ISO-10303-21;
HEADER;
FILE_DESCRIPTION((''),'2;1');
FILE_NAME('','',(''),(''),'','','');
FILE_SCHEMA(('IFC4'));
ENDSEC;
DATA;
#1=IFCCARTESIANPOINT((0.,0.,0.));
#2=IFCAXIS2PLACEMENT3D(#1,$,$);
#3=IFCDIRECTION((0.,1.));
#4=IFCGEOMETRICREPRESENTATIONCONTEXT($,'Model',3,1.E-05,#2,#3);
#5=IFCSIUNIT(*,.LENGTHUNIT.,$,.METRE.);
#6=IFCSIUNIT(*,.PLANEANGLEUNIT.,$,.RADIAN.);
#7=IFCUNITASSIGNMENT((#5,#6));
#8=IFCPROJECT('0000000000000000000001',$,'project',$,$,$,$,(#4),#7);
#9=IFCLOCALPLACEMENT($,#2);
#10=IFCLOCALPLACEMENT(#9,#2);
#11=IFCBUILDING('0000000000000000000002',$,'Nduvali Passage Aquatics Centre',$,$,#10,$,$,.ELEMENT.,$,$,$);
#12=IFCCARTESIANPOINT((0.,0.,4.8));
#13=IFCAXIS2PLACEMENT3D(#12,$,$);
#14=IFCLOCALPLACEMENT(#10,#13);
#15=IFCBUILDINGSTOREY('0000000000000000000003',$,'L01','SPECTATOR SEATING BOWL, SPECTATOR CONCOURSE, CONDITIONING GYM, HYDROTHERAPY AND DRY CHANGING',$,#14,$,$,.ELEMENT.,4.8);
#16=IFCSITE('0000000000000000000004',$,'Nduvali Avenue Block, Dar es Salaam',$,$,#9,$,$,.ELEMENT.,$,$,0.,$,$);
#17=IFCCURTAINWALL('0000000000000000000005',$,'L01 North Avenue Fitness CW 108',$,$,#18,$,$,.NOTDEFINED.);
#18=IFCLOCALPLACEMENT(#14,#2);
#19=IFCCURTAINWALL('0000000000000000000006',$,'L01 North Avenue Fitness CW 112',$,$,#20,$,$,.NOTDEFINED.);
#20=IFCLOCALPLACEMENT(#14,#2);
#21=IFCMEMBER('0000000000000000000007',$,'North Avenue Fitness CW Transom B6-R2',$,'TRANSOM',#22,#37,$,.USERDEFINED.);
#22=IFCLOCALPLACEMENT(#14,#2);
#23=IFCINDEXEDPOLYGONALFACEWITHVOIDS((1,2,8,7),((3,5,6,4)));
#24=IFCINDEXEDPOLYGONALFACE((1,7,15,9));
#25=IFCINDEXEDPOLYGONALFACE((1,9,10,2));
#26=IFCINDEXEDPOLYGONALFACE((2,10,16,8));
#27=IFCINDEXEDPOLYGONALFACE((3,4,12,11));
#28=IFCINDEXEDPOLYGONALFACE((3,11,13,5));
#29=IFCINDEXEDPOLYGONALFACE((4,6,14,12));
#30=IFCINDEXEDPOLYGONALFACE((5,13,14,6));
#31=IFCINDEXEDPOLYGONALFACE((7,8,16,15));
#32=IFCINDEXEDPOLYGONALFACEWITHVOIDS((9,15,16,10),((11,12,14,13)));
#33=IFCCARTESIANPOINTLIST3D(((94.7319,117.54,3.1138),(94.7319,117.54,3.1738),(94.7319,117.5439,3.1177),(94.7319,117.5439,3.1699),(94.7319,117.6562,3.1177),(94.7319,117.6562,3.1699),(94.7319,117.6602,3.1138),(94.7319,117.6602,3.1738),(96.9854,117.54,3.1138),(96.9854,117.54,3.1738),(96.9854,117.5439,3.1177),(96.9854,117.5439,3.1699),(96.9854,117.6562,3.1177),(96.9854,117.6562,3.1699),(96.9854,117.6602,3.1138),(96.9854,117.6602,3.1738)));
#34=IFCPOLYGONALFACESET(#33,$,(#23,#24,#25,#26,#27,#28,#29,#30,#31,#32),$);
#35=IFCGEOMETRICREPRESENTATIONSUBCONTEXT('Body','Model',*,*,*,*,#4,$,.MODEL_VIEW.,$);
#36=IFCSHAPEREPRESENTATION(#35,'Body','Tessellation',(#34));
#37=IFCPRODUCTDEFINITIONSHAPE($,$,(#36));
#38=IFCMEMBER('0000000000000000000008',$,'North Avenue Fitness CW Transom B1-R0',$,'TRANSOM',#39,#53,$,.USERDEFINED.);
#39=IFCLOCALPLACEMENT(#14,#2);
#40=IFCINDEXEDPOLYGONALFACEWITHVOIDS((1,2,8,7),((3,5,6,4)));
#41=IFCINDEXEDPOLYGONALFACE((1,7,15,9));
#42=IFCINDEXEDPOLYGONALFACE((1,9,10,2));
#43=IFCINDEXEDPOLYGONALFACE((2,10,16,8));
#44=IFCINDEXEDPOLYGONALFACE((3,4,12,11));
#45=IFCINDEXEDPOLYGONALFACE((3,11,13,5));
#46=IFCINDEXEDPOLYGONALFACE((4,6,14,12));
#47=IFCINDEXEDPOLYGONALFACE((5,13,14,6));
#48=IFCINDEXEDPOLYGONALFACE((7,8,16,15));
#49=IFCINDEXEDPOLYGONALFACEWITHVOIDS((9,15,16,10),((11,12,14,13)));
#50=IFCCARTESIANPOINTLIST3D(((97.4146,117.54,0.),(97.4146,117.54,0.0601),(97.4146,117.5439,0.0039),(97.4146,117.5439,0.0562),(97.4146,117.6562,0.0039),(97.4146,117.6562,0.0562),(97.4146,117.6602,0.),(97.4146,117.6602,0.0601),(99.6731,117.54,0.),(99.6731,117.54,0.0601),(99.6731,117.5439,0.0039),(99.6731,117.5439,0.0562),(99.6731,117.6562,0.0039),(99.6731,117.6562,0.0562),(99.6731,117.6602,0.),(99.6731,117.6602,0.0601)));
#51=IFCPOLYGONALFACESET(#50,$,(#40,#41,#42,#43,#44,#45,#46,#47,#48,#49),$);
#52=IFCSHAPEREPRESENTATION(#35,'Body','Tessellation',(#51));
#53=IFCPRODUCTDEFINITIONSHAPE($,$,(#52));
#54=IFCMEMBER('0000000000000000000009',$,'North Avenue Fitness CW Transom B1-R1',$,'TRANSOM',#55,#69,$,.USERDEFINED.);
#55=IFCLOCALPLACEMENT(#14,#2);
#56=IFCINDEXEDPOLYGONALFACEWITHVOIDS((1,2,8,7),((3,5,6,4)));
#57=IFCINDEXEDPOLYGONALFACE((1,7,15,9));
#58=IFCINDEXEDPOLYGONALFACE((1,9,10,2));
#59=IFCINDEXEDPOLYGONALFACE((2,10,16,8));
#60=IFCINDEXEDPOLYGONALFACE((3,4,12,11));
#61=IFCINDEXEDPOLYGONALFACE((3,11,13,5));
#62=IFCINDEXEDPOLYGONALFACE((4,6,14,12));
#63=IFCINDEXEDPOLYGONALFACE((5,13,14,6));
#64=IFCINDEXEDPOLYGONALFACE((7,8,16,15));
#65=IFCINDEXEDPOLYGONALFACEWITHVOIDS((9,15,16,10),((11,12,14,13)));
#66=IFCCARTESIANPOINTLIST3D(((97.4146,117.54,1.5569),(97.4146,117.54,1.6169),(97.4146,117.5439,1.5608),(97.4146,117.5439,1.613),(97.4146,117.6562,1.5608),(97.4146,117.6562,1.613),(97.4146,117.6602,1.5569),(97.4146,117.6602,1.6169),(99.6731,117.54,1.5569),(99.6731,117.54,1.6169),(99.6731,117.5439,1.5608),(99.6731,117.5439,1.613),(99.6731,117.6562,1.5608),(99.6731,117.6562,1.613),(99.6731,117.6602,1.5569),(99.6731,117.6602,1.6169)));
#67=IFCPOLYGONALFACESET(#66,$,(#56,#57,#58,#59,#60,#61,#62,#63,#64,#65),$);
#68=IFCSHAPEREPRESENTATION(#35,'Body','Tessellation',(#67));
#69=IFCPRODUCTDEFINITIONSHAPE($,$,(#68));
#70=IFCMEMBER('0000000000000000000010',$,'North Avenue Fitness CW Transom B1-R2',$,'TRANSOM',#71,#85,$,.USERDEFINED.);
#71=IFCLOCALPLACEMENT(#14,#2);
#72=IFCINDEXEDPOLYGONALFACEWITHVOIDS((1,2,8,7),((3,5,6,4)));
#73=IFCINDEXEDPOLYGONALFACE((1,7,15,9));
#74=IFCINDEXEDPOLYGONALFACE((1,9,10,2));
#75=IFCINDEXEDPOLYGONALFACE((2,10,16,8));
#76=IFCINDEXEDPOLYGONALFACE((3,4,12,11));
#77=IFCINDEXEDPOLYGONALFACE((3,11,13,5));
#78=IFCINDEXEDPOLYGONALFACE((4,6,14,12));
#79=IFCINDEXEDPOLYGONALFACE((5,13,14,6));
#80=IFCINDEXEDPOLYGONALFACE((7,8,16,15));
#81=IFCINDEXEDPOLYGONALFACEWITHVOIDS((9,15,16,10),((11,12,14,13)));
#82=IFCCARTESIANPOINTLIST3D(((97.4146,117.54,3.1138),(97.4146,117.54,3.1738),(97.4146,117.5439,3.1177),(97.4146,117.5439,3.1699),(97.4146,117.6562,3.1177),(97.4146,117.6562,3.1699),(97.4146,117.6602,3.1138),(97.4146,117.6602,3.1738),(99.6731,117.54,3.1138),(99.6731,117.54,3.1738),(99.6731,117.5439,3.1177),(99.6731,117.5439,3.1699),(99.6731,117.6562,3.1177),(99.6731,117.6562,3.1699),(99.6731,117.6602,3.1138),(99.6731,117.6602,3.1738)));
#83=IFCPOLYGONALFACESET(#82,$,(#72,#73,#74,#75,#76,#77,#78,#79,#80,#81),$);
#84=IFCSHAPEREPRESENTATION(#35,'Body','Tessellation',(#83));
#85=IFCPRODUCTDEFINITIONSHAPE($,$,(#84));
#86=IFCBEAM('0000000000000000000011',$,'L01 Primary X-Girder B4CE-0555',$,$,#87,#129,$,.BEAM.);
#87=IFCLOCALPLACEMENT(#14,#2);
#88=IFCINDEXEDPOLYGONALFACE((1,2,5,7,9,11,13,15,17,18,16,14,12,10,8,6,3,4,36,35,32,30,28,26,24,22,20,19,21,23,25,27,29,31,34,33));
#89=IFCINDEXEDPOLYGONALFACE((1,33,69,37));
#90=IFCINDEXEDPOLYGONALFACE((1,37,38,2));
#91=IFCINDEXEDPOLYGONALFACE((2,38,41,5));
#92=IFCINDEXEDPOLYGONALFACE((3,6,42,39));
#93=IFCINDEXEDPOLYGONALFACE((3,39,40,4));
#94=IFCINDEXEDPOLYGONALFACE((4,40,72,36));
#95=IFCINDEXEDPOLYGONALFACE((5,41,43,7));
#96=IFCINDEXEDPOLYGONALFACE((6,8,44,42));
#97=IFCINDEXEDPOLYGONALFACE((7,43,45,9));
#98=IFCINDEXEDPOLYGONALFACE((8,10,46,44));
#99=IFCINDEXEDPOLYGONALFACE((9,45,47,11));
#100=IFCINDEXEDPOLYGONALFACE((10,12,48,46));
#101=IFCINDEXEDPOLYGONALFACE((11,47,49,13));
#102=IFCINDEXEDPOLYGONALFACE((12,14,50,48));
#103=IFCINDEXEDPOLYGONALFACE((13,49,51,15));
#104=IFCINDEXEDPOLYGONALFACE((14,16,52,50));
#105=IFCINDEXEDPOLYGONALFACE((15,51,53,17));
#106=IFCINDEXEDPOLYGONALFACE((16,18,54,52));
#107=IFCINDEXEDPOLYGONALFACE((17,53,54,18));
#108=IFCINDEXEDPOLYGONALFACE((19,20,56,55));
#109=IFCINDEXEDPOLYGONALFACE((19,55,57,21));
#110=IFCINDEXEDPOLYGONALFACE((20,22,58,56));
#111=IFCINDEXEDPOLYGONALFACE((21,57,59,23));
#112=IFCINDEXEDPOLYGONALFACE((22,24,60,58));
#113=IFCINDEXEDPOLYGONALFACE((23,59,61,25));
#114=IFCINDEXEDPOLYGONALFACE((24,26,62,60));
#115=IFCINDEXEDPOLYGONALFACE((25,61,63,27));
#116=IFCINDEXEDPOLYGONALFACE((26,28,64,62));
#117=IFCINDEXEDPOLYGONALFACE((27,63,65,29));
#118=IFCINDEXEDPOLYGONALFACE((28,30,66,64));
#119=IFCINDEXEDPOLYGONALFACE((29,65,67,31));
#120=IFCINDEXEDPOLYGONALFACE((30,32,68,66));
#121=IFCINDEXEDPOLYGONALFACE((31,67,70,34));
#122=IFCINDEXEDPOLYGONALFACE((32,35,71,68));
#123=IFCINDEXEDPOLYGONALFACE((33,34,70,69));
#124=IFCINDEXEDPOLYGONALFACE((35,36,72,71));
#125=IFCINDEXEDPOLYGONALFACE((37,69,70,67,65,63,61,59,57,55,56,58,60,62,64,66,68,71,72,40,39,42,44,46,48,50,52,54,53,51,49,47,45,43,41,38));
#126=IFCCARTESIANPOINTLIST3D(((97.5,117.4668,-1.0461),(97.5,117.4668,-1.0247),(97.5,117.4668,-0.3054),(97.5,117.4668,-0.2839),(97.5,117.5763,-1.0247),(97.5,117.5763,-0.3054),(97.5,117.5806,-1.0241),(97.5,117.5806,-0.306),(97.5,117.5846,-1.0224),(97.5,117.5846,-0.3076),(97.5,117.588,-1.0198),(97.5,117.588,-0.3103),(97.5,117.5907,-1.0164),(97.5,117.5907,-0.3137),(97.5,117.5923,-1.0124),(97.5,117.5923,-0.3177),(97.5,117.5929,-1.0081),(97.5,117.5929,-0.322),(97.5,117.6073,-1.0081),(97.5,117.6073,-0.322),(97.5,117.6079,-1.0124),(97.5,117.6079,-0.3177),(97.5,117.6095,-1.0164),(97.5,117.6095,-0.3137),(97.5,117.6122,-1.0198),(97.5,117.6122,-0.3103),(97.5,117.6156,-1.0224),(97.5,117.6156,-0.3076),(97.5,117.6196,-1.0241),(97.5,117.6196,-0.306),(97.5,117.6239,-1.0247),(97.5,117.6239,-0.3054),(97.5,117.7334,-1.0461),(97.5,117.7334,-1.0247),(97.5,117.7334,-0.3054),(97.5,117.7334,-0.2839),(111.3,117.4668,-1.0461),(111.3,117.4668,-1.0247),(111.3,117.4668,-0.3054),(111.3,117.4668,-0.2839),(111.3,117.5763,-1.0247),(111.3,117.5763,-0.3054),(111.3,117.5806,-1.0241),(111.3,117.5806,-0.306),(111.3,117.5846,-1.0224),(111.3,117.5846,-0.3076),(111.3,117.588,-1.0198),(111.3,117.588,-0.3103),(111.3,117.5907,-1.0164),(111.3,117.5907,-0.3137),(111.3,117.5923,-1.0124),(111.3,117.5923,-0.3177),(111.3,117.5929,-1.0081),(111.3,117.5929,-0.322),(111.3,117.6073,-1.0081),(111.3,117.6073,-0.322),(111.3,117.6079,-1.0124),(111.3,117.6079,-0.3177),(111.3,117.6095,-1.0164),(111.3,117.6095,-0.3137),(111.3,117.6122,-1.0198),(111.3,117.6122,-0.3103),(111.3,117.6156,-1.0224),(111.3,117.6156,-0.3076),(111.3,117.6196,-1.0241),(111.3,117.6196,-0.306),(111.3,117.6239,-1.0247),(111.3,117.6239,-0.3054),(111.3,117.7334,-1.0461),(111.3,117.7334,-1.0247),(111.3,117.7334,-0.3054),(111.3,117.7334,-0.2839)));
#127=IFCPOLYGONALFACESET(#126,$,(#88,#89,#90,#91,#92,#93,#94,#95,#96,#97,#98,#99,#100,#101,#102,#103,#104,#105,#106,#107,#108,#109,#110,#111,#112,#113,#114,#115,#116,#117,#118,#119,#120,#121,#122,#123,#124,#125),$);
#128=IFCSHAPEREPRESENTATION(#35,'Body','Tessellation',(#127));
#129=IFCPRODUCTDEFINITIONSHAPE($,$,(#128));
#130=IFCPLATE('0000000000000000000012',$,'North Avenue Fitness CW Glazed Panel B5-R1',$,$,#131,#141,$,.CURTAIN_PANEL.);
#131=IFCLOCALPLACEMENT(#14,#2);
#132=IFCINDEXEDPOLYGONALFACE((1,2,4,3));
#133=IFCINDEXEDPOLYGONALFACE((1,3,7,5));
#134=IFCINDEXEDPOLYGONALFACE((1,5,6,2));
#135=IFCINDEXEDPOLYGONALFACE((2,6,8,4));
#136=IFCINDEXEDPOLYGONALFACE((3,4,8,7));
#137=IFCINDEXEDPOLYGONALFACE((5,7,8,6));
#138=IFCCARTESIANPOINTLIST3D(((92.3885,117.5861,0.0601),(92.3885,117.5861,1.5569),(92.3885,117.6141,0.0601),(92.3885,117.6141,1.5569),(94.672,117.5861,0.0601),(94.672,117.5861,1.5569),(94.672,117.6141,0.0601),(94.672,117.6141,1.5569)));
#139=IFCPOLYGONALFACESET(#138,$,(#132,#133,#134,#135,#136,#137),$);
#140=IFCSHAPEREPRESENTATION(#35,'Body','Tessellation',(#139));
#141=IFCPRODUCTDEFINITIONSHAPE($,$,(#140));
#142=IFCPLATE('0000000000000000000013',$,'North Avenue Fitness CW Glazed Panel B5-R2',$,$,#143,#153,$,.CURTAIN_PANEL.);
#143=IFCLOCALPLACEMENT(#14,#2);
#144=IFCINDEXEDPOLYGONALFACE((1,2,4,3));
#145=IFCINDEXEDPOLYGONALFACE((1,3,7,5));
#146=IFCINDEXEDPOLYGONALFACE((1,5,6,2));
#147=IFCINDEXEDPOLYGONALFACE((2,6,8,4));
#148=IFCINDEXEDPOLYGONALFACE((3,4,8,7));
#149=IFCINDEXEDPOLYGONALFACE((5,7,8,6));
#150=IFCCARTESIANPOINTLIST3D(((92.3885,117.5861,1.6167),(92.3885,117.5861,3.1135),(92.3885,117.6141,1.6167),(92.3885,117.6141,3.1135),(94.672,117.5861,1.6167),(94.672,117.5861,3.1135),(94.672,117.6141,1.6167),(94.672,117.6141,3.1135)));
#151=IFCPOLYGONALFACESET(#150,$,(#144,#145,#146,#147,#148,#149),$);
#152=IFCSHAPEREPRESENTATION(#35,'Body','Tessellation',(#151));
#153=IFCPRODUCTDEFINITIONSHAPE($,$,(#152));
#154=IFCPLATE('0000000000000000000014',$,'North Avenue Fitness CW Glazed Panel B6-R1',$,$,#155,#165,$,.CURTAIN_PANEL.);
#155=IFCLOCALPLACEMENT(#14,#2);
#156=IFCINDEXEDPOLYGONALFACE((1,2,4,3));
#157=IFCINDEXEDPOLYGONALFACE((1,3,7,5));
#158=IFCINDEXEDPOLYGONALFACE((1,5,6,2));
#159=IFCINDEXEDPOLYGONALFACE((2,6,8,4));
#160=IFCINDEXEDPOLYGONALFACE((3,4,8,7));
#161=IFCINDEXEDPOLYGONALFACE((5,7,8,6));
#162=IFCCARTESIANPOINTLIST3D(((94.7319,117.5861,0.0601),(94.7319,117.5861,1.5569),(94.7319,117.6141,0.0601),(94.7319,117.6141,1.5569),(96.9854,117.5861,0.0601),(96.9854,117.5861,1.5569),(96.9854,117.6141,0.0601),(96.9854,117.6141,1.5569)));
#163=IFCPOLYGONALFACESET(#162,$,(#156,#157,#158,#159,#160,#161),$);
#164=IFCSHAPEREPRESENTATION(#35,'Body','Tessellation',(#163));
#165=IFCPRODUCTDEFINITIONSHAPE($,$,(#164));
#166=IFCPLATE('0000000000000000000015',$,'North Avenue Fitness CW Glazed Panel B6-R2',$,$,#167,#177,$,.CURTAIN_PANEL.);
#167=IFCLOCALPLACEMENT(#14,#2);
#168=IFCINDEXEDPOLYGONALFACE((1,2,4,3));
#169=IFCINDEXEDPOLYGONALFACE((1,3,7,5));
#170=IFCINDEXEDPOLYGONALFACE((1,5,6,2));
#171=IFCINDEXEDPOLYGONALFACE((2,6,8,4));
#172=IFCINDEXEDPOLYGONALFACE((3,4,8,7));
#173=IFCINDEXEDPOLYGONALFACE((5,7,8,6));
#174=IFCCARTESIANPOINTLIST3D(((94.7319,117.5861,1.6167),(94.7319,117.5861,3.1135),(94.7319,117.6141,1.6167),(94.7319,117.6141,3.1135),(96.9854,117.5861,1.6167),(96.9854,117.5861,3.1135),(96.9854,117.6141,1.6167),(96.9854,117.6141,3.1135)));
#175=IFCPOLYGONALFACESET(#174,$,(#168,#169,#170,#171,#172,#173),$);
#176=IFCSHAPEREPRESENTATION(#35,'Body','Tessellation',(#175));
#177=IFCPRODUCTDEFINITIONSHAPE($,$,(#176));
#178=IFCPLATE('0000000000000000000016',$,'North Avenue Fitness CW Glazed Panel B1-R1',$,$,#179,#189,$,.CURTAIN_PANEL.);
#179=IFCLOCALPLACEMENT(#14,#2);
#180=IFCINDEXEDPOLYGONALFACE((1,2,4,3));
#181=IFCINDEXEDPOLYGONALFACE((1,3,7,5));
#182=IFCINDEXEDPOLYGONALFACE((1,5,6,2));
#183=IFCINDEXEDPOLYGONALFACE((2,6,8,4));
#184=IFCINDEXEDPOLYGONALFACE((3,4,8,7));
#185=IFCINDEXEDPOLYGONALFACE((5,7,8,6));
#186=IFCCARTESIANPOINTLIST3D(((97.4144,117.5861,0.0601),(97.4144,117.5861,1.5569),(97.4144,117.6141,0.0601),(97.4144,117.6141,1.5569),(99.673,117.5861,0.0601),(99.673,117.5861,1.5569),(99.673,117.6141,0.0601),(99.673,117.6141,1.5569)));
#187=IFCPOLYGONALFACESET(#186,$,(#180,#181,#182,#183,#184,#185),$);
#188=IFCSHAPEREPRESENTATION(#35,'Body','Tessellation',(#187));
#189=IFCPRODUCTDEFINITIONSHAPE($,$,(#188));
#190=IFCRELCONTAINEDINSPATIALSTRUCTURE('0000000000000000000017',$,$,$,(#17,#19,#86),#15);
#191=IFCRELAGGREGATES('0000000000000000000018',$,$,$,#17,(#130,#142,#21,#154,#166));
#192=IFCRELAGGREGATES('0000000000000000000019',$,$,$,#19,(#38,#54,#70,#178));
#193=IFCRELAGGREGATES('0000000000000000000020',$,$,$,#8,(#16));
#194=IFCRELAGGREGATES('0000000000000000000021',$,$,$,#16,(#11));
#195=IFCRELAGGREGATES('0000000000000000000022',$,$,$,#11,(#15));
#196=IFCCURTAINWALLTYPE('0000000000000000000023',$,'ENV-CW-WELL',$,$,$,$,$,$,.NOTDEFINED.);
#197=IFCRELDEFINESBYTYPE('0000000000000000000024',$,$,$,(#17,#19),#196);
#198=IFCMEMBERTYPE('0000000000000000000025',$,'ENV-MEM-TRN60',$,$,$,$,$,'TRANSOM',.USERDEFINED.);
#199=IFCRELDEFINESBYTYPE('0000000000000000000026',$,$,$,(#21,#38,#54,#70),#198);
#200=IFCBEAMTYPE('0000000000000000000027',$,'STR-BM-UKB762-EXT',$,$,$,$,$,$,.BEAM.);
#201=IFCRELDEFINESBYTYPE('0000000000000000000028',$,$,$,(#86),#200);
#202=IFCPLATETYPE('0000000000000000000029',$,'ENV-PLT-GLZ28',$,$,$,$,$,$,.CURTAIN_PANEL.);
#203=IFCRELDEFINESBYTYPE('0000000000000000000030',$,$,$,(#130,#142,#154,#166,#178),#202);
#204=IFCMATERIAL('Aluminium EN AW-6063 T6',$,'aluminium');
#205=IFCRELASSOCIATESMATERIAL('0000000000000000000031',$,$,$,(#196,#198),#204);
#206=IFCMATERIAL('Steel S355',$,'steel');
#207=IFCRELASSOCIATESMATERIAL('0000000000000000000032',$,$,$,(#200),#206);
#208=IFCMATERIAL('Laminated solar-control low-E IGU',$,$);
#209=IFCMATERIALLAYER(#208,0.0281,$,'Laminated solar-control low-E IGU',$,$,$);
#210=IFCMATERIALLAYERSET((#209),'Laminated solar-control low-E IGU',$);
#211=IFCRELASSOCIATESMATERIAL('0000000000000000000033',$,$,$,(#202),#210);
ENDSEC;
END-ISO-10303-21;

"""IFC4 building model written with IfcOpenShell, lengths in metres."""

from ifc_helpers import new_model, si_unit, direction, frame, origin, origin_2d, place, context, subcontext, project, spatial, rectangle, hollow_rectangle, i_section, extrude, material, layer, layer_set, material_profile, profile_set, type_object, element, aggregate, save


model = new_model("IFC4")

# Units and contexts
model_context = context("Model", 3, precision=1e-05, world=origin(), true_north=direction((0.0, 1.0)))
body_context = subcontext(model_context, "Body", "Model", "MODEL_VIEW")
ifc_project = project(units=[si_unit("LENGTHUNIT", "METRE"), si_unit("PLANEANGLEUNIT", "RADIAN")], contexts=[model_context])

# Site, building, storey
site_placement = place(None, origin())
site = spatial("IfcSite", under=ifc_project, at=site_placement, Name="Nduvali Avenue Block, Dar es Salaam", CompositionType="ELEMENT", RefElevation=0.0)
building_placement = place(site_placement, origin())
building = spatial("IfcBuilding", under=site, at=building_placement, Name="Nduvali Passage Aquatics Centre", CompositionType="ELEMENT")
storey_placement = place(building_placement, frame((0.0, 0.0, 4.8)))
storey = spatial("IfcBuildingStorey", under=building, at=storey_placement, Name="L01", Description="SPECTATOR SEATING BOWL, SPECTATOR CONCOURSE, CONDITIONING GYM, HYDROTHERAPY AND DRY CHANGING", CompositionType="ELEMENT", Elevation=4.8)

# Shared definitions
ifc_material_1 = material(Name="Steel S355", Category="steel")

# Curtain walls
ifc_material_2 = material(Name="Aluminium EN AW-6063 T6", Category="aluminium")
curtain_wall_type = type_object("IfcCurtainWallType", Name="ENV-CW-WELL", PredefinedType="NOTDEFINED", material=ifc_material_2)
curtain_wall_1_placement = place(storey_placement, origin())
curtain_wall_1 = element("IfcCurtainWall", 1, at=curtain_wall_1_placement, inside=storey, type_object=curtain_wall_type, Name="L01 North Avenue Fitness CW 108", PredefinedType="NOTDEFINED")
curtain_wall_2_placement = place(storey_placement, origin())
curtain_wall_2 = element("IfcCurtainWall", 2, at=curtain_wall_2_placement, inside=storey, type_object=curtain_wall_type, Name="L01 North Avenue Fitness CW 112", PredefinedType="NOTDEFINED")

# Members
ifc_material_profile_1 = material_profile(ifc_material_2, hollow_rectangle(XDim=0.1201, YDim=0.0601, WallThickness=0.0039, at=origin_2d()), Name="ALU TRANSOM 120x60x4")
ifc_profile_set_1 = profile_set([ifc_material_profile_1], Name="Aluminium EN AW-6063 T6")
member_type_1 = type_object("IfcMemberType", Name="ENV-MEM-TRN60", ElementType="TRANSOM", PredefinedType="USERDEFINED", material=ifc_profile_set_1)
member_1_placement = place(storey_placement, frame((94.7319, 117.6001, 3.1438), z_axis=(1.0, 0.0, 0.0), x_axis=(0.0, 1.0, 0.0)))
member_1 = element("IfcMember", 3, at=member_1_placement, type_object=member_type_1, Name="North Avenue Fitness CW Transom B6-R2", ObjectType="TRANSOM", PredefinedType="USERDEFINED", context=body_context, shape_type="SweptSolid", body=[
    extrude(hollow_rectangle(XDim=0.1201, YDim=0.0601, WallThickness=0.0039, at=origin_2d()), origin(), (0.0, 0.0, 1.0), 2.2534),
])
member_2_placement = place(storey_placement, frame((97.4146, 117.6001, 0.03), z_axis=(1.0, 0.0, 0.0), x_axis=(0.0, 1.0, 0.0)))
member_2 = element("IfcMember", 4, at=member_2_placement, type_object=member_type_1, Name="North Avenue Fitness CW Transom B1-R0", ObjectType="TRANSOM", PredefinedType="USERDEFINED", context=body_context, shape_type="SweptSolid", body=[
    extrude(hollow_rectangle(XDim=0.1201, YDim=0.0601, WallThickness=0.0039, at=origin_2d()), origin(), (0.0, 0.0, 1.0), 2.2585),
])
member_3_placement = place(storey_placement, frame((97.4146, 117.6001, 1.5869), z_axis=(1.0, 0.0, 0.0), x_axis=(0.0, 1.0, 0.0)))
member_3 = element("IfcMember", 5, at=member_3_placement, type_object=member_type_1, Name="North Avenue Fitness CW Transom B1-R1", ObjectType="TRANSOM", PredefinedType="USERDEFINED", context=body_context, shape_type="SweptSolid", body=[
    extrude(hollow_rectangle(XDim=0.1201, YDim=0.0601, WallThickness=0.0039, at=origin_2d()), origin(), (0.0, 0.0, 1.0), 2.2585),
])
member_4_placement = place(storey_placement, frame((97.4146, 117.6001, 3.1438), z_axis=(1.0, 0.0, 0.0), x_axis=(0.0, 1.0, 0.0)))
member_4 = element("IfcMember", 6, at=member_4_placement, type_object=member_type_1, Name="North Avenue Fitness CW Transom B1-R2", ObjectType="TRANSOM", PredefinedType="USERDEFINED", context=body_context, shape_type="SweptSolid", body=[
    extrude(hollow_rectangle(XDim=0.1201, YDim=0.0601, WallThickness=0.0039, at=origin_2d()), origin(), (0.0, 0.0, 1.0), 2.2585),
])

# Beam
ifc_material_profile_2 = material_profile(ifc_material_1, i_section(OverallWidth=0.2666, OverallDepth=0.7622, WebThickness=0.0144, FlangeThickness=0.0215, FilletRadius=0.0166, at=origin_2d()), Name="UKB 762x267x173")
ifc_profile_set_2 = profile_set([ifc_material_profile_2], Name="Steel S355")
beam_type = type_object("IfcBeamType", Name="STR-BM-UKB762-EXT", PredefinedType="BEAM", material=ifc_profile_set_2)
beam_placement = place(storey_placement, frame((97.5, 117.6001, -0.665), z_axis=(1.0, 0.0, 0.0), x_axis=(0.0, 1.0, 0.0)))
element("IfcBeam", 7, at=beam_placement, inside=storey, type_object=beam_type, Name="L01 Primary X-Girder B4CE-0555", PredefinedType="BEAM", context=body_context, shape_type="SweptSolid", body=[
    extrude(i_section(OverallWidth=0.2666, OverallDepth=0.7622, WebThickness=0.0144, FlangeThickness=0.0215, FilletRadius=0.0166, at=origin_2d()), origin(), (0.0, 0.0, 1.0), 13.8),
])

# Plates
ifc_material_3 = material(Name="Laminated solar-control low-E IGU")
ifc_layer = layer(ifc_material_3, 0.0281, Name="Laminated solar-control low-E IGU")
ifc_layer_set = layer_set([ifc_layer], Name="Laminated solar-control low-E IGU")
plate_type = type_object("IfcPlateType", Name="ENV-PLT-GLZ28", PredefinedType="CURTAIN_PANEL", material=ifc_layer_set)
plate_1_placement = place(storey_placement, frame((93.5303, 117.6001, 0.0601), z_axis=(0.0, 0.0, 1.0), x_axis=(1.0, 0.0, 0.0)))
plate_1 = element("IfcPlate", 8, at=plate_1_placement, type_object=plate_type, Name="North Avenue Fitness CW Glazed Panel B5-R1", PredefinedType="CURTAIN_PANEL", context=body_context, shape_type="SweptSolid", body=[
    extrude(rectangle(XDim=2.2834, YDim=0.0281, at=origin_2d()), origin(), (0.0, 0.0, 1.0), 1.4968),
])
plate_2_placement = place(storey_placement, frame((93.5303, 117.6001, 1.6167), z_axis=(0.0, 0.0, 1.0), x_axis=(1.0, 0.0, 0.0)))
plate_2 = element("IfcPlate", 9, at=plate_2_placement, type_object=plate_type, Name="North Avenue Fitness CW Glazed Panel B5-R2", PredefinedType="CURTAIN_PANEL", context=body_context, shape_type="SweptSolid", body=[
    extrude(rectangle(XDim=2.2834, YDim=0.0281, at=origin_2d()), origin(), (0.0, 0.0, 1.0), 1.4968),
])
plate_3_placement = place(storey_placement, frame((95.8586, 117.6001, 0.0601), z_axis=(0.0, 0.0, 1.0), x_axis=(1.0, 0.0, 0.0)))
plate_3 = element("IfcPlate", 10, at=plate_3_placement, type_object=plate_type, Name="North Avenue Fitness CW Glazed Panel B6-R1", PredefinedType="CURTAIN_PANEL", context=body_context, shape_type="SweptSolid", body=[
    extrude(rectangle(XDim=2.2534, YDim=0.0281, at=origin_2d()), origin(), (0.0, 0.0, 1.0), 1.4968),
])
plate_4_placement = place(storey_placement, frame((95.8586, 117.6001, 1.6167), z_axis=(0.0, 0.0, 1.0), x_axis=(1.0, 0.0, 0.0)))
plate_4 = element("IfcPlate", 11, at=plate_4_placement, type_object=plate_type, Name="North Avenue Fitness CW Glazed Panel B6-R2", PredefinedType="CURTAIN_PANEL", context=body_context, shape_type="SweptSolid", body=[
    extrude(rectangle(XDim=2.2534, YDim=0.0281, at=origin_2d()), origin(), (0.0, 0.0, 1.0), 1.4968),
])
aggregate(curtain_wall_1, [plate_1, plate_2, member_1, plate_3, plate_4])
plate_5_placement = place(storey_placement, frame((98.5437, 117.6001, 0.0601), z_axis=(0.0, 0.0, 1.0), x_axis=(1.0, 0.0, 0.0)))
plate_5 = element("IfcPlate", 12, at=plate_5_placement, type_object=plate_type, Name="North Avenue Fitness CW Glazed Panel B1-R1", PredefinedType="CURTAIN_PANEL", context=body_context, shape_type="SweptSolid", body=[
    extrude(rectangle(XDim=2.2585, YDim=0.0281, at=origin_2d()), origin(), (0.0, 0.0, 1.0), 1.4968),
])
aggregate(curtain_wall_2, [member_2, member_3, member_4, plate_5])

save(model, "model.ifc")
